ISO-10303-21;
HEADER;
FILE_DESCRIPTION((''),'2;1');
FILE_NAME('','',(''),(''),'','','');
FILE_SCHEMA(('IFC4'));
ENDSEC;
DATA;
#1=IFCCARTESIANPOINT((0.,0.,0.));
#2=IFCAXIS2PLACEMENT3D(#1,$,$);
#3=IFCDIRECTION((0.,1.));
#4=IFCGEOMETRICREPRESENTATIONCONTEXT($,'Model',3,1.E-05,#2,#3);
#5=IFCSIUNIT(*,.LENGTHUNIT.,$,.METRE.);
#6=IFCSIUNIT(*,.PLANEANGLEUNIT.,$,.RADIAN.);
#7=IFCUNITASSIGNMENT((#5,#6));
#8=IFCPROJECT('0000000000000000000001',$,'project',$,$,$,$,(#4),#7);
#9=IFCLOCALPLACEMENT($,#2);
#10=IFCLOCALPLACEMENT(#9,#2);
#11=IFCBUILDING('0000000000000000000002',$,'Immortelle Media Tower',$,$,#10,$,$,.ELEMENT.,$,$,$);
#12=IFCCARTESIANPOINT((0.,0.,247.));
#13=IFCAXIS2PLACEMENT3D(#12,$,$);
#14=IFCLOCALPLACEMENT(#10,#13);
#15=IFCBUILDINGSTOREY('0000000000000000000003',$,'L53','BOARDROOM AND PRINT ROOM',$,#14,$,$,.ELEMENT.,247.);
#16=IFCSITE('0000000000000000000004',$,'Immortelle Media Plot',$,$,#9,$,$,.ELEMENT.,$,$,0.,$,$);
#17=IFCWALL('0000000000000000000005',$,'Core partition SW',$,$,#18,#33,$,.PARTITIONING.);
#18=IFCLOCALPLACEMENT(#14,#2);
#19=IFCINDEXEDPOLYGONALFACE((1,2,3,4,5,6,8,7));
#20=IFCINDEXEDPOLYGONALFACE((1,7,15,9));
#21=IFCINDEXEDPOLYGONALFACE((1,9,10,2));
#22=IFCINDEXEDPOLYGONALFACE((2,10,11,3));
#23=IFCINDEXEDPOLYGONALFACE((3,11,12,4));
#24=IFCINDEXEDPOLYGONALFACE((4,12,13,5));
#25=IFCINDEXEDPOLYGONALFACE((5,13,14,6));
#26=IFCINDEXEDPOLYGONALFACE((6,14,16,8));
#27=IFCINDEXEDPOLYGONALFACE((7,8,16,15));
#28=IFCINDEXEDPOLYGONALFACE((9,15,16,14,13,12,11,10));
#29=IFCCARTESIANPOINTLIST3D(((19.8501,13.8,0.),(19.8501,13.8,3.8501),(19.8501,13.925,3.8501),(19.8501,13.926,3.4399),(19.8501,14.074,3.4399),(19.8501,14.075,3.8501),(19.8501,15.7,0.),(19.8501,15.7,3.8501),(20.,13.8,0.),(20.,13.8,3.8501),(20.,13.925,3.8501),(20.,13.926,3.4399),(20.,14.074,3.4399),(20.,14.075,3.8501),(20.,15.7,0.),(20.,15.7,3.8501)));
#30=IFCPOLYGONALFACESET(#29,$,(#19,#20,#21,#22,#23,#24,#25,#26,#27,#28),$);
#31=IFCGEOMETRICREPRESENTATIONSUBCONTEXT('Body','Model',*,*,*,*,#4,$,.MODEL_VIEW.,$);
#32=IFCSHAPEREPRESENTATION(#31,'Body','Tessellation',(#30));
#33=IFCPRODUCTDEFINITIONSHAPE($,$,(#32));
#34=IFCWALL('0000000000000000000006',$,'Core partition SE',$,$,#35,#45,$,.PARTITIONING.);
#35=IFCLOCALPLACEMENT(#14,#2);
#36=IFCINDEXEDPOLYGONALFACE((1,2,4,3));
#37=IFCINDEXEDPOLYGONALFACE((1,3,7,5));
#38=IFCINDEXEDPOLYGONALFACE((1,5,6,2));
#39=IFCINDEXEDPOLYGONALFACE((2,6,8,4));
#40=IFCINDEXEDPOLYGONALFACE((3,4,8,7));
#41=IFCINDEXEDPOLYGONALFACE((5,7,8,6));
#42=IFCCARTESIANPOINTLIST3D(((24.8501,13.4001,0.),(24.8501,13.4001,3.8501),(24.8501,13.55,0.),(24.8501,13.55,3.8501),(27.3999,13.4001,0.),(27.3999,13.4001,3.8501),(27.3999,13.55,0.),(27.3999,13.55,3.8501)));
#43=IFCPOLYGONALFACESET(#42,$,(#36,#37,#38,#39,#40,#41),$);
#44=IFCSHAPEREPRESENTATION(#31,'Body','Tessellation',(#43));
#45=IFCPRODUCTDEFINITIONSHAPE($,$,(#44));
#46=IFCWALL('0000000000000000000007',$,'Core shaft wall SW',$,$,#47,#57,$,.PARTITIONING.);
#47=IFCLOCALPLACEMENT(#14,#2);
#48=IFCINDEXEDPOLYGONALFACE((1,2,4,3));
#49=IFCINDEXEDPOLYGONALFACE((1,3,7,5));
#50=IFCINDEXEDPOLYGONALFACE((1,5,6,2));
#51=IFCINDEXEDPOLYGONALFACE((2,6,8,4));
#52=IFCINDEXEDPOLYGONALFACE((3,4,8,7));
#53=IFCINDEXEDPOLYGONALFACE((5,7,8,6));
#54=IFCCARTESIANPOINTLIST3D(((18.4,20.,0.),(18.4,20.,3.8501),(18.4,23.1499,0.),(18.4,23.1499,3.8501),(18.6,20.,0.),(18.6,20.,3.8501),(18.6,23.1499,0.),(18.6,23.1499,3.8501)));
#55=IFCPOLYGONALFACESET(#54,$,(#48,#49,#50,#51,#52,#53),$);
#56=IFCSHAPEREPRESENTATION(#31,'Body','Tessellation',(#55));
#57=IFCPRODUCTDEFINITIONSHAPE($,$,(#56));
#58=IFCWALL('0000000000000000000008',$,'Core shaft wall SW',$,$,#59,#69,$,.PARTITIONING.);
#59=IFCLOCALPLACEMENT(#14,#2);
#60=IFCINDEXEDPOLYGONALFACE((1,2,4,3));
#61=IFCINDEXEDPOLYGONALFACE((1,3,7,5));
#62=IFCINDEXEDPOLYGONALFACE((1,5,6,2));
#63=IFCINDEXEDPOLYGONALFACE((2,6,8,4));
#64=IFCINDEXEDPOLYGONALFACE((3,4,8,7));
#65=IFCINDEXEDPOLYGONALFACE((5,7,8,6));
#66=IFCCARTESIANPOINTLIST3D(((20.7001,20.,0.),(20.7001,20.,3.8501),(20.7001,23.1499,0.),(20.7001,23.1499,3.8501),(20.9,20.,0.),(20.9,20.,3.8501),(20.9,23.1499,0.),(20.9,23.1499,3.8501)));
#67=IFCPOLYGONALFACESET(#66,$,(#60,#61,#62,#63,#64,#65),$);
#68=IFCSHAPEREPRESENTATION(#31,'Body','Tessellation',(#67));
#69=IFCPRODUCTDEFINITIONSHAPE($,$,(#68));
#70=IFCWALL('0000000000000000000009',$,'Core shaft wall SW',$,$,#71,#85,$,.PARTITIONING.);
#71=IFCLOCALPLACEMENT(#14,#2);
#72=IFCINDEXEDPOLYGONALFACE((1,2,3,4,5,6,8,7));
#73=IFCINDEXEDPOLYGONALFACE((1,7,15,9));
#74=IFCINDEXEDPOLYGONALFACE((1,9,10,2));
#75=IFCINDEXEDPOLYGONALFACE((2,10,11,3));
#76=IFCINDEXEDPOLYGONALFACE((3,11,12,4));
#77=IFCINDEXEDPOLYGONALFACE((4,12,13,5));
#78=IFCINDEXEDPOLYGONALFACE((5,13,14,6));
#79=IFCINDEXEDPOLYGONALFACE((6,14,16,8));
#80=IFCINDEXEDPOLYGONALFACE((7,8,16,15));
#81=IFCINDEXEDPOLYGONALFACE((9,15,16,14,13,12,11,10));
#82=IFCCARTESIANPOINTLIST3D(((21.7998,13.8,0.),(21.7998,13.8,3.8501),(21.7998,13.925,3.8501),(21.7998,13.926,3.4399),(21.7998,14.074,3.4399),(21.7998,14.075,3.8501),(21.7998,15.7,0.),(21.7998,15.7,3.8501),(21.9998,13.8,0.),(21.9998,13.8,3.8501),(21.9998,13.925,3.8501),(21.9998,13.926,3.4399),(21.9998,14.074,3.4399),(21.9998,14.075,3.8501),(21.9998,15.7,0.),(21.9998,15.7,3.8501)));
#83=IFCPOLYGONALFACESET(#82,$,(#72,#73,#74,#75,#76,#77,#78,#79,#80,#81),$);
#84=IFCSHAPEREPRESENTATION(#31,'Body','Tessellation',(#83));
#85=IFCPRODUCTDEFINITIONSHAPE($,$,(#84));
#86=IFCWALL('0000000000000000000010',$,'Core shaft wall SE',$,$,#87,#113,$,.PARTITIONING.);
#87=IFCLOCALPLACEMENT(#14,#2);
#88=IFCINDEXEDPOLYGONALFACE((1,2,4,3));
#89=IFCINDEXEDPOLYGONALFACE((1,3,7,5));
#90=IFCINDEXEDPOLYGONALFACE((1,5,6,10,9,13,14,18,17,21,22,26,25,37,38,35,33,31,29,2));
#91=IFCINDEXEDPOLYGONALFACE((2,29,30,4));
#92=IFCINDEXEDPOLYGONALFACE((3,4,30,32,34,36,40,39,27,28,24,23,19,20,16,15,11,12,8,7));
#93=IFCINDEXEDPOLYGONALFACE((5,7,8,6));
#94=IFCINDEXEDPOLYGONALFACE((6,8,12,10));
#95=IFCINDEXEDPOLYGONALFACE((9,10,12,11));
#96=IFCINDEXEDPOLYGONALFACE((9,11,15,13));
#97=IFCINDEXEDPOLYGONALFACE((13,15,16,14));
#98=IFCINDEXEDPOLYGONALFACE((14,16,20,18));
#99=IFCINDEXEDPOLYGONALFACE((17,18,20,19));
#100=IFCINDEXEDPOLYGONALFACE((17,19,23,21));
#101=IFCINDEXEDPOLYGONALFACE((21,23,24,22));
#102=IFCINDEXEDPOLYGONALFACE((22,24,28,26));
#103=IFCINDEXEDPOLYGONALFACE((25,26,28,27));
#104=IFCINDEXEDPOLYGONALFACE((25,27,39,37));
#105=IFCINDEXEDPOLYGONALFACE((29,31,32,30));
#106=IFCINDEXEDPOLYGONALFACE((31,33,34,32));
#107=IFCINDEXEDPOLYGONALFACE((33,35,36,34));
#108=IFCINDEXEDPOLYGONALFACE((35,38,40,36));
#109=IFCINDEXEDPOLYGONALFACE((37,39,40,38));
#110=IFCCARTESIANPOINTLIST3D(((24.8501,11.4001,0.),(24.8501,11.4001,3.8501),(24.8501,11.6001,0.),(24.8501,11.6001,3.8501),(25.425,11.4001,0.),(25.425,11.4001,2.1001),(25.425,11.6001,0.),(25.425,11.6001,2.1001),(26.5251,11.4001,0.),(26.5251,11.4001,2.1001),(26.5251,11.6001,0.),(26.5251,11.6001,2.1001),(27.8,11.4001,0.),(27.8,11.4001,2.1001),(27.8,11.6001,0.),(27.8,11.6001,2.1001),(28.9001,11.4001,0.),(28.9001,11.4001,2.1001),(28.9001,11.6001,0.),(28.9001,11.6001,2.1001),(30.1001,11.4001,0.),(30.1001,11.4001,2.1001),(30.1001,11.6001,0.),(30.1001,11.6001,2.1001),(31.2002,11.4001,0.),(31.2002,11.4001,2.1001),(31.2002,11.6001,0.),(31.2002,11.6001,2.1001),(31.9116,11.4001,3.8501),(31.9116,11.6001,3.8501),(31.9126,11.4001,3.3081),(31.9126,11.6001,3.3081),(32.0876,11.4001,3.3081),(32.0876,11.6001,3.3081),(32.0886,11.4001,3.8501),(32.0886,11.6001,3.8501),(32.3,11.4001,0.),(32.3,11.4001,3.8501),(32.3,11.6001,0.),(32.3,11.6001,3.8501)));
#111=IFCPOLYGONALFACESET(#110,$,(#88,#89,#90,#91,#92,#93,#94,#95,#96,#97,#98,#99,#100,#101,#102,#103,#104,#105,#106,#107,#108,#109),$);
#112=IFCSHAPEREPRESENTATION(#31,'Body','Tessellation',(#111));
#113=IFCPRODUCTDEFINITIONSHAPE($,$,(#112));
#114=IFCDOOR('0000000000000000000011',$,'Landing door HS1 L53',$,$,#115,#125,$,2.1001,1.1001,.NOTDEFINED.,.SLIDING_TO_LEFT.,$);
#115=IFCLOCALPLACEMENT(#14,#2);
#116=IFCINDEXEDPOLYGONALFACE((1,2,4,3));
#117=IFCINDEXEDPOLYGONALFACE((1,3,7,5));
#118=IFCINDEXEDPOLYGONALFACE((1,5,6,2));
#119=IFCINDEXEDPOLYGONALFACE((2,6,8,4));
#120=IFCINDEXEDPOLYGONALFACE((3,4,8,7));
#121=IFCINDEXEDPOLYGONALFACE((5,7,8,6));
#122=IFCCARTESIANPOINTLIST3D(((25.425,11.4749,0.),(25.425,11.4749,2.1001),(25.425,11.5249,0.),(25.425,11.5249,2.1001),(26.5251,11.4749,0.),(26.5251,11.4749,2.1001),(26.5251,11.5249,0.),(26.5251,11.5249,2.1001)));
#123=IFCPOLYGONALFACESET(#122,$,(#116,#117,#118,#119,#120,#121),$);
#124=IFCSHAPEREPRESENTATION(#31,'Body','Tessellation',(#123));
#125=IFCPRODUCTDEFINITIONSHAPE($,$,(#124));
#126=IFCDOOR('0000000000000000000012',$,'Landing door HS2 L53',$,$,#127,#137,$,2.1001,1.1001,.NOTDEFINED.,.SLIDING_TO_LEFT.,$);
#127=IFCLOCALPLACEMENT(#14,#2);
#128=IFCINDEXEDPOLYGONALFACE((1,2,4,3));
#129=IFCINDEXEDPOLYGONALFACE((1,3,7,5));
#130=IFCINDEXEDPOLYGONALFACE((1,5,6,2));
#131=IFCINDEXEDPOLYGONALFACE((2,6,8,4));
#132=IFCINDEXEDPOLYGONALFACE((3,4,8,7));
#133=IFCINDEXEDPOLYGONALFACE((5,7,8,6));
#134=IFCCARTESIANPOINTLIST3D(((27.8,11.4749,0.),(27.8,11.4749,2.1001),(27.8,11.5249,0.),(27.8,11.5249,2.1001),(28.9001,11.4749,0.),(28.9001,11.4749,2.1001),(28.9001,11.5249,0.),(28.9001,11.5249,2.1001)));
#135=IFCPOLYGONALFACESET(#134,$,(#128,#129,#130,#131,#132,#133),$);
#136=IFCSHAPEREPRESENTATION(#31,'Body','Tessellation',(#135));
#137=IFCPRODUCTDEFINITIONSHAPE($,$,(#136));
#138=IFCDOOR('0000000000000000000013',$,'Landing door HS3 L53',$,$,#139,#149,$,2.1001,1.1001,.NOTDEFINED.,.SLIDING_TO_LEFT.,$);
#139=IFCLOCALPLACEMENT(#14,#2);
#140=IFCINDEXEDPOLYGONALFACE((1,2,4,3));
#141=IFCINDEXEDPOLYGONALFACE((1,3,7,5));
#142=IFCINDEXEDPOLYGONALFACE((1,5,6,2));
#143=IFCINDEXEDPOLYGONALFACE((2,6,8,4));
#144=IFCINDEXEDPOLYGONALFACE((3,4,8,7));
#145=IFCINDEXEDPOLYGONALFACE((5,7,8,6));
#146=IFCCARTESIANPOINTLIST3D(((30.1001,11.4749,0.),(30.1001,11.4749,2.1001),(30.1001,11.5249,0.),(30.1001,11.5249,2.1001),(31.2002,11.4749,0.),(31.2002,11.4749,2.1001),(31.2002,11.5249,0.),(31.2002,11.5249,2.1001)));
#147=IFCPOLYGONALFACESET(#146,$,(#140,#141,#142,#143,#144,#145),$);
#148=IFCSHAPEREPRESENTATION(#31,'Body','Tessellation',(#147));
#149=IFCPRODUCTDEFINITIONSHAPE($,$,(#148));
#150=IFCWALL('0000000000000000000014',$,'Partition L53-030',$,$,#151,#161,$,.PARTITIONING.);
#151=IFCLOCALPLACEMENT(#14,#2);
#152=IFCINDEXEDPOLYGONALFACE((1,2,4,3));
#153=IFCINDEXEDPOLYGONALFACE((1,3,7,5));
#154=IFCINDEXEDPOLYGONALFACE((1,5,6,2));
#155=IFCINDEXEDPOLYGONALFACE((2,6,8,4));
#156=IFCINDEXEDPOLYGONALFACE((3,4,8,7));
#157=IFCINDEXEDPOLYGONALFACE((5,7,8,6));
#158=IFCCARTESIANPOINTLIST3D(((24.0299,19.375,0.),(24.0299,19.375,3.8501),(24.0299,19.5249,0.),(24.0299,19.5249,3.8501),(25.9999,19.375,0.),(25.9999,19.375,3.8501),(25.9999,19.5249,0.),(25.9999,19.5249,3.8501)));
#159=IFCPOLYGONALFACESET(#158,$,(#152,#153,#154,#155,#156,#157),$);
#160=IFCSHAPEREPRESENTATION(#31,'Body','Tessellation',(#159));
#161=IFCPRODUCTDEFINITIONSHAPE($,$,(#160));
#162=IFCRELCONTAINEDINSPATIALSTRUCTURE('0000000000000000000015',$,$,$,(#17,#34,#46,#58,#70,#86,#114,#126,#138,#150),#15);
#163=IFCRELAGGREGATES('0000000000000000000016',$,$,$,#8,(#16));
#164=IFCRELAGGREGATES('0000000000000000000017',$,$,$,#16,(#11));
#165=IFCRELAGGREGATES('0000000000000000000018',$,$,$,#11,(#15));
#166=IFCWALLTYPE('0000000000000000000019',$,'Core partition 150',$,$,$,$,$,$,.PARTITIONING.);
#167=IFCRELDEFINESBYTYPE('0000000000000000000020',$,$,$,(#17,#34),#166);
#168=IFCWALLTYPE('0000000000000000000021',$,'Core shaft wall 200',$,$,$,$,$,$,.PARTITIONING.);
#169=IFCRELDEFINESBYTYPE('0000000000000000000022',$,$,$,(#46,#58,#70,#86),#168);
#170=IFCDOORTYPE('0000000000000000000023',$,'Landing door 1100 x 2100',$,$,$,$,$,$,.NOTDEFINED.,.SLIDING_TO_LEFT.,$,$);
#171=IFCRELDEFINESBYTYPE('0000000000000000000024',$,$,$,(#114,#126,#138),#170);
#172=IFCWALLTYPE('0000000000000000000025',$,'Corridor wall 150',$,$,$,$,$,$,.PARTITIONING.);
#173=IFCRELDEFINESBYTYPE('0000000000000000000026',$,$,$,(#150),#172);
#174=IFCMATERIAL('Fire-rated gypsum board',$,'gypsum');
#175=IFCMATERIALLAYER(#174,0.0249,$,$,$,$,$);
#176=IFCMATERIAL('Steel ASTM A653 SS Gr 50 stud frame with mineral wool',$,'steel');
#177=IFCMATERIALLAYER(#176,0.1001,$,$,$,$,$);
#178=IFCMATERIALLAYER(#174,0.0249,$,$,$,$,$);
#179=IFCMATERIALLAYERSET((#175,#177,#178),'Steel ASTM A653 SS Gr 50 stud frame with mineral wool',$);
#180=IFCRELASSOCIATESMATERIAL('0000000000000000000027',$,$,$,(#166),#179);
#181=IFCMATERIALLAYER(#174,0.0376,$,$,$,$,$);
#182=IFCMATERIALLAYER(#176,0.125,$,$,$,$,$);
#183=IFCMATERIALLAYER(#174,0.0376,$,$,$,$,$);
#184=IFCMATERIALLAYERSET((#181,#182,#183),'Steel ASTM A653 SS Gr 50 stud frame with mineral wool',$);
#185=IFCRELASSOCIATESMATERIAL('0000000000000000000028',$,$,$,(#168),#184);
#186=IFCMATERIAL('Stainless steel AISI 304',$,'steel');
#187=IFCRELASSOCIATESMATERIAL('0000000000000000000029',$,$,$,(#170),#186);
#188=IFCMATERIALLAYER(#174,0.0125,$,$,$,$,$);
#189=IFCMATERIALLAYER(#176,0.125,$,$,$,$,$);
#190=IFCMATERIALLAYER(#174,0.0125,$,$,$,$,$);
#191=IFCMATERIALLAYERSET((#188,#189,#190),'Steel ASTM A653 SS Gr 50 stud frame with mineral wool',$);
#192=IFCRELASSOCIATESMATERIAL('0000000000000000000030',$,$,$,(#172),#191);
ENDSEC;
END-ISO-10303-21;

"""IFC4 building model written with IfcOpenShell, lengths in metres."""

from ifc_helpers import new_model, si_unit, direction, frame, frame_2d, origin, place, context, subcontext, project, spatial, polyline, rectangle, outline, extrude, material, layer, layer_set, type_object, element, fill, save


model = new_model("IFC4")

# Units and contexts
model_context = context("Model", 3, precision=1e-05, world=origin(), true_north=direction((0.0, 1.0)))
body_context = subcontext(model_context, "Body", "Model", "MODEL_VIEW")
ifc_project = project(units=[si_unit("LENGTHUNIT", "METRE"), si_unit("PLANEANGLEUNIT", "RADIAN")], contexts=[model_context])

# Site, building, storey
site_placement = place(None, origin())
site = spatial("IfcSite", under=ifc_project, at=site_placement, Name="Immortelle Media Plot", CompositionType="ELEMENT", RefElevation=0.0)
building_placement = place(site_placement, origin())
building = spatial("IfcBuilding", under=site, at=building_placement, Name="Immortelle Media Tower", CompositionType="ELEMENT")
storey_placement = place(building_placement, frame((0.0, 0.0, 247.0)))
storey = spatial("IfcBuildingStorey", under=building, at=storey_placement, Name="L53", Description="BOARDROOM AND PRINT ROOM", CompositionType="ELEMENT", Elevation=247.0)

# Walls
ifc_material_1 = material(Name="Fire-rated gypsum board", Category="gypsum")
ifc_layer_1 = layer(ifc_material_1, 0.0249)
ifc_material_2 = material(Name="Steel ASTM A653 SS Gr 50 stud frame with mineral wool", Category="steel")
ifc_layer_2 = layer(ifc_material_2, 0.1001)
ifc_layer_3 = layer(ifc_material_1, 0.0249)
ifc_layer_set_1 = layer_set([ifc_layer_1, ifc_layer_2, ifc_layer_3], Name="Steel ASTM A653 SS Gr 50 stud frame with mineral wool")
wall_type_1 = type_object("IfcWallType", Name="Core partition 150", PredefinedType="PARTITIONING", material=ifc_layer_set_1)
for number, where, z_axis, x_axis, name in (
    (1, (19.925, 13.8, 0.0), (0.0, 0.0, 1.0), (0.0, 1.0, 0.0), "Core partition SW"),
):
    element("IfcWall", number, at=place(storey_placement, frame(where, z_axis=z_axis, x_axis=x_axis)), inside=storey, type_object=wall_type_1, Name=name, PredefinedType="PARTITIONING", context=body_context, shape_type="SweptSolid", body=[
        extrude(outline(polyline([(0.0, 0.0), (1.8999, 0.0), (1.8999, 3.8501), (0.2749, 3.8501), (0.2739, 3.4399), (0.126, 3.4399), (0.125, 3.8501), (0.0, 3.8501), (0.0, 0.0)])), frame((0.0, 0.075, 0.0), z_axis=(0.0, -1.0, 0.0), x_axis=(1.0, 0.0, 0.0)), (0.0, 0.0, 1.0), 0.1499),
    ])
wall_1_placement = place(storey_placement, frame((24.8501, 13.4751, 0.0), z_axis=(0.0, 0.0, 1.0), x_axis=(1.0, 0.0, 0.0)))
element("IfcWall", 2, at=wall_1_placement, inside=storey, type_object=wall_type_1, Name="Core partition SE", PredefinedType="PARTITIONING", context=body_context, shape_type="SweptSolid", body=[
    extrude(rectangle(XDim=2.5498, YDim=0.1499, at=frame_2d((1.2749, 0.0))), origin(), (0.0, 0.0, 1.0), 3.8501),
])
ifc_layer_4 = layer(ifc_material_1, 0.0376)
ifc_layer_5 = layer(ifc_material_2, 0.125)
ifc_layer_6 = layer(ifc_material_1, 0.0376)
ifc_layer_set_2 = layer_set([ifc_layer_4, ifc_layer_5, ifc_layer_6], Name="Steel ASTM A653 SS Gr 50 stud frame with mineral wool")
wall_type_2 = type_object("IfcWallType", Name="Core shaft wall 200", PredefinedType="PARTITIONING", material=ifc_layer_set_2)
for number, where, z_axis, x_axis, name in (
    (3, (18.5, 20.0, 0.0), (0.0, 0.0, 1.0), (0.0, 1.0, 0.0), "Core shaft wall SW"),
    (4, (20.8, 20.0, 0.0), (0.0, 0.0, 1.0), (0.0, 1.0, 0.0), "Core shaft wall SW"),
):
    element("IfcWall", number, at=place(storey_placement, frame(where, z_axis=z_axis, x_axis=x_axis)), inside=storey, type_object=wall_type_2, Name=name, PredefinedType="PARTITIONING", context=body_context, shape_type="SweptSolid", body=[
        extrude(rectangle(XDim=3.1499, YDim=0.2, at=frame_2d((1.575, 0.0))), origin(), (0.0, 0.0, 1.0), 3.8501),
    ])
wall_2_placement = place(storey_placement, frame((21.8999, 13.8, 0.0), z_axis=(0.0, 0.0, 1.0), x_axis=(0.0, 1.0, 0.0)))
element("IfcWall", 5, at=wall_2_placement, inside=storey, type_object=wall_type_2, Name="Core shaft wall SW", PredefinedType="PARTITIONING", context=body_context, shape_type="SweptSolid", body=[
    extrude(outline(polyline([(0.0, 0.0), (1.8999, 0.0), (1.8999, 3.8501), (0.2749, 3.8501), (0.2739, 3.4399), (0.126, 3.4399), (0.125, 3.8501), (0.0, 3.8501), (0.0, 0.0)])), frame((0.0, 0.1001, 0.0), z_axis=(0.0, -1.0, 0.0), x_axis=(1.0, 0.0, 0.0)), (0.0, 0.0, 1.0), 0.2),
])

# Wall, openings, doors
wall_3_placement = place(storey_placement, frame((24.8501, 11.5, 0.0), z_axis=(0.0, 0.0, 1.0), x_axis=(1.0, 0.0, 0.0)))
wall_3 = element("IfcWall", 6, at=wall_3_placement, inside=storey, type_object=wall_type_2, Name="Core shaft wall SE", PredefinedType="PARTITIONING", context=body_context, shape_type="SweptSolid", body=[
    extrude(outline(polyline([(0.0, 0.0), (7.45, 0.0), (7.45, 3.8501), (7.2385, 3.8501), (7.2375, 3.3081), (7.0625, 3.3081), (7.0615, 3.8501), (0.0, 3.8501), (0.0, 0.0)])), frame((0.0, 0.1001, 0.0), z_axis=(0.0, -1.0, 0.0), x_axis=(1.0, 0.0, 0.0)), (0.0, 0.0, 1.0), 0.2),
])
opening_1_placement = place(wall_3_placement, frame((0.575, 0.0, 0.0)))
opening_1 = element("IfcOpeningElement", 7, at=opening_1_placement, cuts=wall_3, PredefinedType="OPENING", context=body_context, shape_type="SweptSolid", body=[
    extrude(rectangle(XDim=1.1001, YDim=2.1001, at=frame_2d((0.55, 1.05))), frame((0.0, 0.1099, 0.0), z_axis=(0.0, -1.0, 0.0), x_axis=(1.0, 0.0, 0.0)), (0.0, 0.0, 1.0), 0.22),
])
opening_2_placement = place(wall_3_placement, frame((2.95, 0.0, 0.0)))
opening_2 = element("IfcOpeningElement", 8, at=opening_2_placement, cuts=wall_3, PredefinedType="OPENING", context=body_context, shape_type="SweptSolid", body=[
    extrude(rectangle(XDim=1.1001, YDim=2.1001, at=frame_2d((0.55, 1.05))), frame((0.0, 0.1099, 0.0), z_axis=(0.0, -1.0, 0.0), x_axis=(1.0, 0.0, 0.0)), (0.0, 0.0, 1.0), 0.22),
])
opening_3_placement = place(wall_3_placement, frame((5.25, 0.0, 0.0)))
opening_3 = element("IfcOpeningElement", 9, at=opening_3_placement, cuts=wall_3, PredefinedType="OPENING", context=body_context, shape_type="SweptSolid", body=[
    extrude(rectangle(XDim=1.1001, YDim=2.1001, at=frame_2d((0.55, 1.05))), frame((0.0, 0.1099, 0.0), z_axis=(0.0, -1.0, 0.0), x_axis=(1.0, 0.0, 0.0)), (0.0, 0.0, 1.0), 0.22),
])
ifc_material_3 = material(Name="Stainless steel AISI 304", Category="steel")
door_type_1 = type_object("IfcDoorType", Name="Landing door 1100 x 2100", OperationType="SLIDING_TO_LEFT", PredefinedType="NOTDEFINED", material=ifc_material_3)
door_1_placement = place(opening_1_placement, origin())
door_1 = element("IfcDoor", 10, at=door_1_placement, inside=storey, type_object=door_type_1, Name="Landing door HS1 L53", OperationType="SLIDING_TO_LEFT", OverallHeight=2.1001, OverallWidth=1.1001, PredefinedType="NOTDEFINED", context=body_context, shape_type="SweptSolid", body=[
    extrude(rectangle(XDim=1.1001, YDim=2.1001, at=frame_2d((0.55, 1.05))), frame((0.0, 0.0249, 0.0), z_axis=(0.0, -1.0, 0.0), x_axis=(1.0, 0.0, 0.0)), (0.0, 0.0, 1.0), 0.05),
])
fill(opening_1, door_1)
door_2_placement = place(opening_2_placement, origin())
door_2 = element("IfcDoor", 11, at=door_2_placement, inside=storey, type_object=door_type_1, Name="Landing door HS2 L53", OperationType="SLIDING_TO_LEFT", OverallHeight=2.1001, OverallWidth=1.1001, PredefinedType="NOTDEFINED", context=body_context, shape_type="SweptSolid", body=[
    extrude(rectangle(XDim=1.1001, YDim=2.1001, at=frame_2d((0.55, 1.05))), frame((0.0, 0.0249, 0.0), z_axis=(0.0, -1.0, 0.0), x_axis=(1.0, 0.0, 0.0)), (0.0, 0.0, 1.0), 0.05),
])
fill(opening_2, door_2)
door_3_placement = place(opening_3_placement, origin())
door_3 = element("IfcDoor", 12, at=door_3_placement, inside=storey, type_object=door_type_1, Name="Landing door HS3 L53", OperationType="SLIDING_TO_LEFT", OverallHeight=2.1001, OverallWidth=1.1001, PredefinedType="NOTDEFINED", context=body_context, shape_type="SweptSolid", body=[
    extrude(rectangle(XDim=1.1001, YDim=2.1001, at=frame_2d((0.55, 1.05))), frame((0.0, 0.0249, 0.0), z_axis=(0.0, -1.0, 0.0), x_axis=(1.0, 0.0, 0.0)), (0.0, 0.0, 1.0), 0.05),
])
fill(opening_3, door_3)

# Wall
ifc_layer_7 = layer(ifc_material_1, 0.0125)
ifc_layer_8 = layer(ifc_material_2, 0.125)
ifc_layer_9 = layer(ifc_material_1, 0.0125)
ifc_layer_set_3 = layer_set([ifc_layer_7, ifc_layer_8, ifc_layer_9], Name="Steel ASTM A653 SS Gr 50 stud frame with mineral wool")
wall_type_3 = type_object("IfcWallType", Name="Corridor wall 150", PredefinedType="PARTITIONING", material=ifc_layer_set_3)
wall_4_placement = place(storey_placement, frame((24.03, 19.45, 0.0), z_axis=(0.0, 0.0, 1.0), x_axis=(1.0, 0.0, 0.0)))
element("IfcWall", 13, at=wall_4_placement, inside=storey, type_object=wall_type_3, Name="Partition L53-030", PredefinedType="PARTITIONING", context=body_context, shape_type="SweptSolid", body=[
    extrude(rectangle(XDim=1.97, YDim=0.1499, at=frame_2d((0.9849, 0.0))), origin(), (0.0, 0.0, 1.0), 3.8501),
])

save(model, "model.ifc")
